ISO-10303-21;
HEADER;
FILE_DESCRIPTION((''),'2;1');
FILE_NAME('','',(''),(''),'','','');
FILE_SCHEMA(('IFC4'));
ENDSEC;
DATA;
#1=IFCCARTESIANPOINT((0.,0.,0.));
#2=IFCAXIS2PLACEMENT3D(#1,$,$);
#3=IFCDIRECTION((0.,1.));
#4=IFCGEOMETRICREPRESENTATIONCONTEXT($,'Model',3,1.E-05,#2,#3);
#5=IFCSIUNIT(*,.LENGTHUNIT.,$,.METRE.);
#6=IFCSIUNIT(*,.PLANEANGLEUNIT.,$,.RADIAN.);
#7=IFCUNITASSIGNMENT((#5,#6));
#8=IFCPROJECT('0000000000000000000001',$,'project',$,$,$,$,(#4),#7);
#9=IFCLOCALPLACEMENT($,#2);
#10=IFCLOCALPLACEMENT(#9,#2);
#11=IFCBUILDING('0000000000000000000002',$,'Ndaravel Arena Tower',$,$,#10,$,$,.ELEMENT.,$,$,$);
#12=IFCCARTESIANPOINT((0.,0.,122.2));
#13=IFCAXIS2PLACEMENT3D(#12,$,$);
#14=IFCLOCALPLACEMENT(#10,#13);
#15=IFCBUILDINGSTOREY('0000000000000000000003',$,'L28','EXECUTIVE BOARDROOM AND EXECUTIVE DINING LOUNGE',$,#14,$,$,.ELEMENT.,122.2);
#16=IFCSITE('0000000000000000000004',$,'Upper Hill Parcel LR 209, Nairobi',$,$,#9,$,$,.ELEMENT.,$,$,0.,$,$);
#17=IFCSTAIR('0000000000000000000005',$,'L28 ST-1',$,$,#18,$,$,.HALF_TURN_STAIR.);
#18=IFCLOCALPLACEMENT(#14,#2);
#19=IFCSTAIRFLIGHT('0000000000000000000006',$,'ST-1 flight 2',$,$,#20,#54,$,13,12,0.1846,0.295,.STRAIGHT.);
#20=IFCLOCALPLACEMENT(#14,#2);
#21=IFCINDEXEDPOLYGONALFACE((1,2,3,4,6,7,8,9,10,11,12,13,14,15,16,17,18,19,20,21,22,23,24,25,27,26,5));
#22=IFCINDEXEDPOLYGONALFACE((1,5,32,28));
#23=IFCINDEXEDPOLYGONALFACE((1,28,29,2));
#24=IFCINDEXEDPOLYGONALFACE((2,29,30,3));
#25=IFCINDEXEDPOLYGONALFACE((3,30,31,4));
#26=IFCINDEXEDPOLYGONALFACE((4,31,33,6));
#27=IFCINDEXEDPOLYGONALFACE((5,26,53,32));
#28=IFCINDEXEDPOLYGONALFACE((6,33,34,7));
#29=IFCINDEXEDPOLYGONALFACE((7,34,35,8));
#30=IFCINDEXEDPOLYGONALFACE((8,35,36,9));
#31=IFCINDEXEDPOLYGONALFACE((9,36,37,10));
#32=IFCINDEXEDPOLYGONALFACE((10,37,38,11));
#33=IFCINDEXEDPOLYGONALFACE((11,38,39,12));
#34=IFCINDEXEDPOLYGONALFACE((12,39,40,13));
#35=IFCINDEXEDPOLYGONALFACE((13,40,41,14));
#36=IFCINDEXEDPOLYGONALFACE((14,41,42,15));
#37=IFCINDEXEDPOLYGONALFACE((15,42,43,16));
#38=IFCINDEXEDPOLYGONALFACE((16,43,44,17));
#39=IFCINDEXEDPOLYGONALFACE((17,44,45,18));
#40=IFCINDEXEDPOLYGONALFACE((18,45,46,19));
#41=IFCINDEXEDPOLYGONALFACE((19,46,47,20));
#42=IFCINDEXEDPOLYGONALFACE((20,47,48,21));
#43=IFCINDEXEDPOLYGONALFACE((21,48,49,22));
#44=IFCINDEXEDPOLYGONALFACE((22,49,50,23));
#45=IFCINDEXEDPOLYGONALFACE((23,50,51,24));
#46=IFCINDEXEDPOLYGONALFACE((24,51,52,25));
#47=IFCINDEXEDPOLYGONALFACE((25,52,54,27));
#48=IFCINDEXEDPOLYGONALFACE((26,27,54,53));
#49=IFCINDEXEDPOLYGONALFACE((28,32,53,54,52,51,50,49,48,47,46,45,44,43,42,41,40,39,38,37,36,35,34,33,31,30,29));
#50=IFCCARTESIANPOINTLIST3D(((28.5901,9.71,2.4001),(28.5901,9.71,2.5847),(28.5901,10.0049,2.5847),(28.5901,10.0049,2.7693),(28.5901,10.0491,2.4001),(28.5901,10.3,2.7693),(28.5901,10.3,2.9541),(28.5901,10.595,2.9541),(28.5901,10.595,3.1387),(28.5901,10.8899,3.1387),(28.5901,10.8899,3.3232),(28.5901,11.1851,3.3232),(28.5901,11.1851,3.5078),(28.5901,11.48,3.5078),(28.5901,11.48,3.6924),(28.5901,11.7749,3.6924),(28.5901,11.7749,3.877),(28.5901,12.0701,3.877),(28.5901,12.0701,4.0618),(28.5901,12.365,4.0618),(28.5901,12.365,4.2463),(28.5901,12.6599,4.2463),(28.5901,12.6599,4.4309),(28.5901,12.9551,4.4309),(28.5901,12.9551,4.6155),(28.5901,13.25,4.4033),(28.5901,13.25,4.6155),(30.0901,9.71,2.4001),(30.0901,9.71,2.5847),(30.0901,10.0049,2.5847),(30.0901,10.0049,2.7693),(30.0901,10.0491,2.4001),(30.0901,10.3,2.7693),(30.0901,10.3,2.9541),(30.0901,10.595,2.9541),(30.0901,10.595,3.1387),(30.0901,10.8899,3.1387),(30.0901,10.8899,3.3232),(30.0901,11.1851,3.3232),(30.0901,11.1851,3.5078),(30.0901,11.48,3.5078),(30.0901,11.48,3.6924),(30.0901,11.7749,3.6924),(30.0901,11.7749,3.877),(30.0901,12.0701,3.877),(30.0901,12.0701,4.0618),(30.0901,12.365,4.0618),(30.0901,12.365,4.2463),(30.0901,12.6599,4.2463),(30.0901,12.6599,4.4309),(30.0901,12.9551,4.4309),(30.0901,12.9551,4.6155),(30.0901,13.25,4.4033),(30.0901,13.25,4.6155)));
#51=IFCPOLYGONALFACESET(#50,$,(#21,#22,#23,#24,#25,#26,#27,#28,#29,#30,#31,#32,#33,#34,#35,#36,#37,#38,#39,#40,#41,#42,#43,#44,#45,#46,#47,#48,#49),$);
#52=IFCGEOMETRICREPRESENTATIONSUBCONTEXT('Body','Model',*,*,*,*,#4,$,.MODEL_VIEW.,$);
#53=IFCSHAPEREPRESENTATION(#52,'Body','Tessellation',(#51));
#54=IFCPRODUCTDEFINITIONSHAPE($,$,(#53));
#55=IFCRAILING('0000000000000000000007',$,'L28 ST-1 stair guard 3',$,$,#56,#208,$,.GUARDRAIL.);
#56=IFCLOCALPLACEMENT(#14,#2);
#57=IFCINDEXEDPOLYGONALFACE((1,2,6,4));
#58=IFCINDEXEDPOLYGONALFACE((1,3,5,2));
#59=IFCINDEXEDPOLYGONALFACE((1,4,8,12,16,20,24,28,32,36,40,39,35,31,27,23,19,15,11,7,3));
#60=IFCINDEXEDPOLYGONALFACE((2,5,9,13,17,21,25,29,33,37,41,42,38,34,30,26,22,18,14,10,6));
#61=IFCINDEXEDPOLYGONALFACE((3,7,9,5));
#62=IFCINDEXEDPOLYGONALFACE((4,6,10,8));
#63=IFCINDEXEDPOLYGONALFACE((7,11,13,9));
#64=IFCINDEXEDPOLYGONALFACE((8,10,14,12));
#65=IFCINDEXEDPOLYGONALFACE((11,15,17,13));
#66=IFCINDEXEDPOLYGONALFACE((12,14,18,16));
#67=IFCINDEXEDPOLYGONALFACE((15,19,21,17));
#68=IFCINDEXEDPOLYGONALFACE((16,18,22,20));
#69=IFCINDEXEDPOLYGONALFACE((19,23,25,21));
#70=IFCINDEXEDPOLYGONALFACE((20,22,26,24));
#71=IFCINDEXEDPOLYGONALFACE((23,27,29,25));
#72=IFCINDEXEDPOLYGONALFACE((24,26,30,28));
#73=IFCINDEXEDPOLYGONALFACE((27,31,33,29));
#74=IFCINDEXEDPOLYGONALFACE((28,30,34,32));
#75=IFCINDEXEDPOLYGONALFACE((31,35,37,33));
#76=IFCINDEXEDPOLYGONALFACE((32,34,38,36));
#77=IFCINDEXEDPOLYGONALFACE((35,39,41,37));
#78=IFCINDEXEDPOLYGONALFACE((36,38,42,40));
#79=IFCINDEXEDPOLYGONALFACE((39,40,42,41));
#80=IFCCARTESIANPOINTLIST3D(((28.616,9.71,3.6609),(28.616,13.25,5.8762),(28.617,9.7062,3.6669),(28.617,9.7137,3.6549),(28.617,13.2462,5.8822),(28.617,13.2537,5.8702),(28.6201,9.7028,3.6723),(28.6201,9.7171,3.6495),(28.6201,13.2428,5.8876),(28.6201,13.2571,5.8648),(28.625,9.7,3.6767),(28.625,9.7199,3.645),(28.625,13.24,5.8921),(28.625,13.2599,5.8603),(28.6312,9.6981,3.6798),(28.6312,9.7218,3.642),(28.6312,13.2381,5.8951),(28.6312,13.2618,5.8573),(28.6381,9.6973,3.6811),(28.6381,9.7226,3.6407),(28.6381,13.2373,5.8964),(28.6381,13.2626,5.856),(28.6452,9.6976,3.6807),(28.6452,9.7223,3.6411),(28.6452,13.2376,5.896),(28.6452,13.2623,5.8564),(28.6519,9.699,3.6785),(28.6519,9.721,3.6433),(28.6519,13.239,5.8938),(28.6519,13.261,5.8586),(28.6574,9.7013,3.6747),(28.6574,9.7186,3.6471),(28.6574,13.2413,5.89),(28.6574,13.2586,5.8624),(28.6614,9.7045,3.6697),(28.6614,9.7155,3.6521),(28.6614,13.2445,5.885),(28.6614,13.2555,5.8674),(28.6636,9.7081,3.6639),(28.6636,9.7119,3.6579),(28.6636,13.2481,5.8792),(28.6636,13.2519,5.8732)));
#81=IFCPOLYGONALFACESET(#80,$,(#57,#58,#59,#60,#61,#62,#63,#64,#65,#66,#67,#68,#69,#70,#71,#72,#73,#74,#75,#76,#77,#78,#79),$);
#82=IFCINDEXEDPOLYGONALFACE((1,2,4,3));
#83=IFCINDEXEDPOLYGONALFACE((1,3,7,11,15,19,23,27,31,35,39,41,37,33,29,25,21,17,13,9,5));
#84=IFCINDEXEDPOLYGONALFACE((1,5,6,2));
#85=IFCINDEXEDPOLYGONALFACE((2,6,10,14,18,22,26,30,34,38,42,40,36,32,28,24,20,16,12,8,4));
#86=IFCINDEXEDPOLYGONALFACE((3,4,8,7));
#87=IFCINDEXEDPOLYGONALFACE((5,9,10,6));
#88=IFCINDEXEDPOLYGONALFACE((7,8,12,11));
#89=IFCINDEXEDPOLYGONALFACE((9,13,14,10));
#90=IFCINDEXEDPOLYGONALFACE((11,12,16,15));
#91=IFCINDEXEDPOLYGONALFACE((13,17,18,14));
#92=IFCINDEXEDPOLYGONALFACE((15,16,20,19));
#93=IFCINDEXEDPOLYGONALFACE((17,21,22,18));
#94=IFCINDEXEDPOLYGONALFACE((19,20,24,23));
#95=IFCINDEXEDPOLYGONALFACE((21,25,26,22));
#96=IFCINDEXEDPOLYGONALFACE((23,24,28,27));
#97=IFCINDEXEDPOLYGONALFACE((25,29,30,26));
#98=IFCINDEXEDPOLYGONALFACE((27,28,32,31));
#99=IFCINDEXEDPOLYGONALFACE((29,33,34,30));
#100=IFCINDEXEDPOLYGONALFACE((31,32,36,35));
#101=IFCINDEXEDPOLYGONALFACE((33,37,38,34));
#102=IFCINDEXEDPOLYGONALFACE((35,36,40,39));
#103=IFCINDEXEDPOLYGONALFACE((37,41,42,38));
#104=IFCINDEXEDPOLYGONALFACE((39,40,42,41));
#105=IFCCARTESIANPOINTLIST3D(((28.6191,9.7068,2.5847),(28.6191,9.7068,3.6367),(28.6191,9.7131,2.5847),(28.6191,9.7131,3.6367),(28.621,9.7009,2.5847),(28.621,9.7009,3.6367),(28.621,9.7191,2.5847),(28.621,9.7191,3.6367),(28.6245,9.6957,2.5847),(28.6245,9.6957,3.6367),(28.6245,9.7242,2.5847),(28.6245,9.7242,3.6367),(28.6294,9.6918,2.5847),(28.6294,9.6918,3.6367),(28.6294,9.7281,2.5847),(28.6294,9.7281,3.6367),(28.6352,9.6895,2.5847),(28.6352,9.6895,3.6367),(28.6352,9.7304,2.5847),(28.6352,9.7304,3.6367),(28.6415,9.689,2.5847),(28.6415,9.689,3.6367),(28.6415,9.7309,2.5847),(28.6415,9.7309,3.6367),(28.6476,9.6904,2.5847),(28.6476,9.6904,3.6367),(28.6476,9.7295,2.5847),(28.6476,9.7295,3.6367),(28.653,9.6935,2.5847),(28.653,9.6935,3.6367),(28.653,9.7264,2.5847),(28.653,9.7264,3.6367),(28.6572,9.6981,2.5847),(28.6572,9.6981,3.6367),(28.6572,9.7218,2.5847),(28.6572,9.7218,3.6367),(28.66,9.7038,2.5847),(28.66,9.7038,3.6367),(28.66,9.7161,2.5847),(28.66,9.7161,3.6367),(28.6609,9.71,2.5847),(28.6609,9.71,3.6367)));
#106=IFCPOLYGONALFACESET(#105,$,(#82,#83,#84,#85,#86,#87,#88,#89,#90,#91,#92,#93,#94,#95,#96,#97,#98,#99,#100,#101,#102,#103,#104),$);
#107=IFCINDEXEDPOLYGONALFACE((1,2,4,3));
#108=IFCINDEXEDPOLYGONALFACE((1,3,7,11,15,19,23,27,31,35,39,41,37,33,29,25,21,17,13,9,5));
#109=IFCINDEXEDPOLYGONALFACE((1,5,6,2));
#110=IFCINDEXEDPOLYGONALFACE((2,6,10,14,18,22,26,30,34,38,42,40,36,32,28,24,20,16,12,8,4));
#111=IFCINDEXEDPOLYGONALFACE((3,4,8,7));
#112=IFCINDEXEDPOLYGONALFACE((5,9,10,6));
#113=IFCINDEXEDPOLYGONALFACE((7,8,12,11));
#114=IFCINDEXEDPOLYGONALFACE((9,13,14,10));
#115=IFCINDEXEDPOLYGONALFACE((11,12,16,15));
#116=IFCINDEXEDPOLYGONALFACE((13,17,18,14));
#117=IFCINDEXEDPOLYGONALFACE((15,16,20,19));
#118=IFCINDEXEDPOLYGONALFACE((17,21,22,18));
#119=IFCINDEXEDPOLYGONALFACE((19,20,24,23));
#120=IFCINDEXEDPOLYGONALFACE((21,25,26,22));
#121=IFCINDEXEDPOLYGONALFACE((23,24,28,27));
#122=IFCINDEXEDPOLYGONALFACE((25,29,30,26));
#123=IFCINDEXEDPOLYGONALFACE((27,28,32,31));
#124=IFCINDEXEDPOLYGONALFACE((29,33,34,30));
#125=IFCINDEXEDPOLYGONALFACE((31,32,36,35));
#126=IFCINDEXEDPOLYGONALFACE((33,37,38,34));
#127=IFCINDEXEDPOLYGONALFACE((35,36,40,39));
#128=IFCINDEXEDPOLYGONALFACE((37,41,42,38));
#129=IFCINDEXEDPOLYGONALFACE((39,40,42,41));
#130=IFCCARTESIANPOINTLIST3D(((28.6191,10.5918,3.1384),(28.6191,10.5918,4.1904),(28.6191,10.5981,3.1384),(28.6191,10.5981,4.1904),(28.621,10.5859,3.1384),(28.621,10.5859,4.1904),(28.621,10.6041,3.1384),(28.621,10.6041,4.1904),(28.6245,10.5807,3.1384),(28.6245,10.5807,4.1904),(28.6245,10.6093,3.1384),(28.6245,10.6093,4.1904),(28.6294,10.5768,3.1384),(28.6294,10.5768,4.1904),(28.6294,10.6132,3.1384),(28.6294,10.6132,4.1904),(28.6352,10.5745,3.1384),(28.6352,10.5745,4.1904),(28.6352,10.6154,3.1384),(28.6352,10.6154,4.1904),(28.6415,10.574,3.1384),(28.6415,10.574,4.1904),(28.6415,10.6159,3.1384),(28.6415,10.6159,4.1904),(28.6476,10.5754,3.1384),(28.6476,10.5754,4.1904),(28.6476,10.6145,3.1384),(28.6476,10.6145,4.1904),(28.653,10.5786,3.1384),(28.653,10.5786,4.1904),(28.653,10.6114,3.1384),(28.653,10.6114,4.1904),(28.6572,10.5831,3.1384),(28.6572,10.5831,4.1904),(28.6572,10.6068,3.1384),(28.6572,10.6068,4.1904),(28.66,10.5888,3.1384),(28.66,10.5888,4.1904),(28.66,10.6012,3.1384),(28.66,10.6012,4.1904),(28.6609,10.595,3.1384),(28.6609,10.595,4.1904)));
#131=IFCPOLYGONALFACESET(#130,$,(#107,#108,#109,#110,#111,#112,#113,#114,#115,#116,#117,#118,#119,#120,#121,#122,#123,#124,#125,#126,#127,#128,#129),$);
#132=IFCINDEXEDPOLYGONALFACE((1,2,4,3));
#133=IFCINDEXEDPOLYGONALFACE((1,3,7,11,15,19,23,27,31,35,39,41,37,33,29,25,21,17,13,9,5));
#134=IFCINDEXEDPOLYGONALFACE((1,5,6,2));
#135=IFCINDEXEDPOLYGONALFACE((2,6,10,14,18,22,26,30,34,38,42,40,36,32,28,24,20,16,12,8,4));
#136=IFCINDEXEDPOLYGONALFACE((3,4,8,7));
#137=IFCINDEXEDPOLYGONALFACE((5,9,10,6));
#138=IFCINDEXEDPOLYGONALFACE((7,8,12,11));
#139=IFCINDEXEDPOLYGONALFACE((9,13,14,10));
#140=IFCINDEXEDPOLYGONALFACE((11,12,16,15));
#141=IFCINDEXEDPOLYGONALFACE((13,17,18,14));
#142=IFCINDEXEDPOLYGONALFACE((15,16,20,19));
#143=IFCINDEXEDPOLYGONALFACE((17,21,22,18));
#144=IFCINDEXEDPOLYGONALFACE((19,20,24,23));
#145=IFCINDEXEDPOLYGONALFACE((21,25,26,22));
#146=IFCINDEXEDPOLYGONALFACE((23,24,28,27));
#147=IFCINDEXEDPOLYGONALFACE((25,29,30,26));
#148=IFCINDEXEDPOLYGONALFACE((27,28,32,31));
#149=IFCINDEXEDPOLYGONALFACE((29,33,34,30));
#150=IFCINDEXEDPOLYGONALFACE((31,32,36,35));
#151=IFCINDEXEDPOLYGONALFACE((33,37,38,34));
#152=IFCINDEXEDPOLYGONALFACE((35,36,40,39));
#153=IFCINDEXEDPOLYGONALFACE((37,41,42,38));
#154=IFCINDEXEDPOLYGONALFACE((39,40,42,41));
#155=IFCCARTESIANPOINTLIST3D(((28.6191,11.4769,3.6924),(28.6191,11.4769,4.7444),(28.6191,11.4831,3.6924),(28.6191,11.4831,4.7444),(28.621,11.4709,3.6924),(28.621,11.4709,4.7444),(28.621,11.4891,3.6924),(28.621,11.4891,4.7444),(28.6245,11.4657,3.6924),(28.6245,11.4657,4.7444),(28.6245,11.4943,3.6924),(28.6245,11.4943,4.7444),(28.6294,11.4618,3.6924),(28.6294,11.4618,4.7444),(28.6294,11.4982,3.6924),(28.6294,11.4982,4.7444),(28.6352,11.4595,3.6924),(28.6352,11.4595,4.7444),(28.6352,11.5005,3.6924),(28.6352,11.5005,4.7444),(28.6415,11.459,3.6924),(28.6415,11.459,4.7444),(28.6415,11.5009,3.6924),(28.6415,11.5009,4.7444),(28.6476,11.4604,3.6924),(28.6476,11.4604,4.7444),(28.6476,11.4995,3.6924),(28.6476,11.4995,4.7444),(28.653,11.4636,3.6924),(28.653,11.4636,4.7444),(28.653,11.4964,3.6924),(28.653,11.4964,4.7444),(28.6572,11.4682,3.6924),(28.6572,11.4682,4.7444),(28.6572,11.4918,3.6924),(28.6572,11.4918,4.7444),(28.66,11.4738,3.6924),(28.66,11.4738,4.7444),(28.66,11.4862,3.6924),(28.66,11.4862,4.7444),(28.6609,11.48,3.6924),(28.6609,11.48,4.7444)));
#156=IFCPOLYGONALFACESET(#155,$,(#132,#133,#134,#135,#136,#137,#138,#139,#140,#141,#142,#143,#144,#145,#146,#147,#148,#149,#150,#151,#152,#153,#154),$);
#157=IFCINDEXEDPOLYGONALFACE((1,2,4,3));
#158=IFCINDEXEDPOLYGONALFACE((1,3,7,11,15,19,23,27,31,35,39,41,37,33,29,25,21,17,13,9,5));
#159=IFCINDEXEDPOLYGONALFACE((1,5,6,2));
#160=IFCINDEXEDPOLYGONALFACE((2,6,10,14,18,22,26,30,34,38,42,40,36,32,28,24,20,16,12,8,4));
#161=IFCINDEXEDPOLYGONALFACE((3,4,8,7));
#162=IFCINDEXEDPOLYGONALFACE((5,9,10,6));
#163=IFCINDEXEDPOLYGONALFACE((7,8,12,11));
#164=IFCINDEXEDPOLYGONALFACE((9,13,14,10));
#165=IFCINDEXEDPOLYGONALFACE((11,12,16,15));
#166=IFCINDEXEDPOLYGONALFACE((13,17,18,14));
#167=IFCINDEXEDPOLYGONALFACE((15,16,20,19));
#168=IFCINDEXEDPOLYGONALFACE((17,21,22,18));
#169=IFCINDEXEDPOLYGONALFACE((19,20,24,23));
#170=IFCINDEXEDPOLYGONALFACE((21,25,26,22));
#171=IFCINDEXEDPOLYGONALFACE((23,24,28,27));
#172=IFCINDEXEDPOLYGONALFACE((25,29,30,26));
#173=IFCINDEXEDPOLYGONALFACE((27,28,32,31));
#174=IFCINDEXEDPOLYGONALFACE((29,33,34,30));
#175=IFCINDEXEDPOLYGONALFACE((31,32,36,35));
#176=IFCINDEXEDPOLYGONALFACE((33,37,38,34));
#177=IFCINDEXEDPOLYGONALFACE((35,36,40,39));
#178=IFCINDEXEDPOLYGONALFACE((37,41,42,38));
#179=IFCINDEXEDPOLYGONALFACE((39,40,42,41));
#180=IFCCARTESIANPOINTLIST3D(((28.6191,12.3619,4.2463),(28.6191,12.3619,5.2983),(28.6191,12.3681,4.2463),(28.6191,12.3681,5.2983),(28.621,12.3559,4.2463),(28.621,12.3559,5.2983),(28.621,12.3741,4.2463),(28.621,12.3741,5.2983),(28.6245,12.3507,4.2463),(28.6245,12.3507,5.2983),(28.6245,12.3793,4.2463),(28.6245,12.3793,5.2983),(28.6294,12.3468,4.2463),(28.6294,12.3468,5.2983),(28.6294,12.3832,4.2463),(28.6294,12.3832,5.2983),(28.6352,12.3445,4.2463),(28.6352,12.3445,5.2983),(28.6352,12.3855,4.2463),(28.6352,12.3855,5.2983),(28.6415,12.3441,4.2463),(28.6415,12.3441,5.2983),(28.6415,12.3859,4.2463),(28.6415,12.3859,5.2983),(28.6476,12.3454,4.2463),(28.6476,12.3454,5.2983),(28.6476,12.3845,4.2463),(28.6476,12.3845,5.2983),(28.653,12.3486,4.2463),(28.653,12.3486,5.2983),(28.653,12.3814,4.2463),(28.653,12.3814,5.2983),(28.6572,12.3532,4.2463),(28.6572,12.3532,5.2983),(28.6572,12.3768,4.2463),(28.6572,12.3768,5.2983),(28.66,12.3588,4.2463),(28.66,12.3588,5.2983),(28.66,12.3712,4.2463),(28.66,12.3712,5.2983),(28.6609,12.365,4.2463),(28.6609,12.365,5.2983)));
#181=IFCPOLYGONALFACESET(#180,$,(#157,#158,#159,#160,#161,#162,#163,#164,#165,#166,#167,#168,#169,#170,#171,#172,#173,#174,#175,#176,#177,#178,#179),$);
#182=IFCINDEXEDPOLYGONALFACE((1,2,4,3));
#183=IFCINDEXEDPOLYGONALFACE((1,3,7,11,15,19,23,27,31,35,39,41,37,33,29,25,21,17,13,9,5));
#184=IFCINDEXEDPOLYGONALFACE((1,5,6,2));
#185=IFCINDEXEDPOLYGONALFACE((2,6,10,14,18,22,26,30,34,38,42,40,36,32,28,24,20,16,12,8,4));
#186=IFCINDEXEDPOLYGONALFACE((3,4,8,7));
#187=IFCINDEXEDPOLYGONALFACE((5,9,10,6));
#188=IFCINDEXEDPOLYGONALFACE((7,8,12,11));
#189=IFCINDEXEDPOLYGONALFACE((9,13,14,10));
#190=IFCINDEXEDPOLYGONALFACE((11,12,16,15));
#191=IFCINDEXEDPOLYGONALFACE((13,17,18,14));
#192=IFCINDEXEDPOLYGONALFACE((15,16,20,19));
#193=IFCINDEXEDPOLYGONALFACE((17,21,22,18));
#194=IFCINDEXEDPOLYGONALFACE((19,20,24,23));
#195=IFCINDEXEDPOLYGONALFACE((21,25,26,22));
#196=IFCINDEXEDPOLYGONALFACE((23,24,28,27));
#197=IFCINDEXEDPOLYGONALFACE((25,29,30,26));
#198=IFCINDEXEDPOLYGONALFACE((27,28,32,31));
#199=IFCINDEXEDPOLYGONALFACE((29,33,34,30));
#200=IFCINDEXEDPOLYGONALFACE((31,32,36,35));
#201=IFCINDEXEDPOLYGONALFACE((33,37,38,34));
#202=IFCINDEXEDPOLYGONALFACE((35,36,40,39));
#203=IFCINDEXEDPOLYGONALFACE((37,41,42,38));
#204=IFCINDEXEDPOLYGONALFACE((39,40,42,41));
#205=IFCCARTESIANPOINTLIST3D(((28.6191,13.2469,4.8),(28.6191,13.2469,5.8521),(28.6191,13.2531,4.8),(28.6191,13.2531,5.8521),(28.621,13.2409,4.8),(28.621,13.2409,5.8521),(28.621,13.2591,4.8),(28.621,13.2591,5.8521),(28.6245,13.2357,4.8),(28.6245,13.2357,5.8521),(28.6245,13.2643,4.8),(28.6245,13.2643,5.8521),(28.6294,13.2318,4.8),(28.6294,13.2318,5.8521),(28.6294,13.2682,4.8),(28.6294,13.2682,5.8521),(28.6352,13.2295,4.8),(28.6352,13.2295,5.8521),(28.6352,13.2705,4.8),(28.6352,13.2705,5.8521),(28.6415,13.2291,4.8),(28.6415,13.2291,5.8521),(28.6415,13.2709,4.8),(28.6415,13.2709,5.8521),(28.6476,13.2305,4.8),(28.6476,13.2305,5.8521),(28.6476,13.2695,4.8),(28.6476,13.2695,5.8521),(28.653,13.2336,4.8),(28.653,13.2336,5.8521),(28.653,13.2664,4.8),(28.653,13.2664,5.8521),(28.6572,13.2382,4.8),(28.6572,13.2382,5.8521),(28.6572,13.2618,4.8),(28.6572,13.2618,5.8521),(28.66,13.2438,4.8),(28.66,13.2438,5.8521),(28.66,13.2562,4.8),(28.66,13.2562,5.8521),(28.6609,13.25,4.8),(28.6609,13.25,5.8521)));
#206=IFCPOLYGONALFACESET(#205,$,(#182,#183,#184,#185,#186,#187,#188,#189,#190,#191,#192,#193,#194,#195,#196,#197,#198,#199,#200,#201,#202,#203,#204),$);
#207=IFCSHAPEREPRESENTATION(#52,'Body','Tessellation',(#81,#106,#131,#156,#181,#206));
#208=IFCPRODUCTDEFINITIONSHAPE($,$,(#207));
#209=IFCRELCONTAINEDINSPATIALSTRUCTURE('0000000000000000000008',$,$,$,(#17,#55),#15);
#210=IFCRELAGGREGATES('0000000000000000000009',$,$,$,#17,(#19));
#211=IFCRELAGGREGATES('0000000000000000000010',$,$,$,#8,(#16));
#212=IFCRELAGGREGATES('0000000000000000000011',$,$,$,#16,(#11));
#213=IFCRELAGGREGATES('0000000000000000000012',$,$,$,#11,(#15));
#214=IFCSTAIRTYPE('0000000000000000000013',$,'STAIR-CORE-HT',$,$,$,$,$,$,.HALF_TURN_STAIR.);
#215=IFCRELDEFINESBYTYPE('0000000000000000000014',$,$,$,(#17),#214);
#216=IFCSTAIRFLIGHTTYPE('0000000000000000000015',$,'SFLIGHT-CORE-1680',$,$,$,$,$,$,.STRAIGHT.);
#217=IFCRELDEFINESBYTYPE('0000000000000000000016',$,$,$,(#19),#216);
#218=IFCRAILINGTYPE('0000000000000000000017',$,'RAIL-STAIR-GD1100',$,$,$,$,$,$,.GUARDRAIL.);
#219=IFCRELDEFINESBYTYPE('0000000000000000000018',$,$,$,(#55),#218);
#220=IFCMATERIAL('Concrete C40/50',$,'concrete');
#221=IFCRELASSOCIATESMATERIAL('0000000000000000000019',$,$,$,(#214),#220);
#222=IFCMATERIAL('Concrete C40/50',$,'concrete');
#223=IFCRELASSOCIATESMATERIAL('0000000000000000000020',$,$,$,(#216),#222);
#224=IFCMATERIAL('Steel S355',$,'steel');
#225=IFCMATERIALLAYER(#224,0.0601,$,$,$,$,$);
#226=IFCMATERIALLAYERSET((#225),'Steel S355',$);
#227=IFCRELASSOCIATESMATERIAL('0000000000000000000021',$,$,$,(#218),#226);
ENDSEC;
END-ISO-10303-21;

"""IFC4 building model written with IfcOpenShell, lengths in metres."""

from ifc_helpers import new_model, si_unit, direction, frame, origin, origin_2d, place, context, subcontext, project, spatial, polyline, circle, outline, extrude, material, layer, layer_set, type_object, element, aggregate, save


model = new_model("IFC4")

# Units and contexts
model_context = context("Model", 3, precision=1e-05, world=origin(), true_north=direction((0.0, 1.0)))
body_context = subcontext(model_context, "Body", "Model", "MODEL_VIEW")
ifc_project = project(units=[si_unit("LENGTHUNIT", "METRE"), si_unit("PLANEANGLEUNIT", "RADIAN")], contexts=[model_context])

# Site, building, storey
site_placement = place(None, origin())
site = spatial("IfcSite", under=ifc_project, at=site_placement, Name="Upper Hill Parcel LR 209, Nairobi", CompositionType="ELEMENT", RefElevation=0.0)
building_placement = place(site_placement, origin())
building = spatial("IfcBuilding", under=site, at=building_placement, Name="Ndaravel Arena Tower", CompositionType="ELEMENT")
storey_placement = place(building_placement, frame((0.0, 0.0, 122.2)))
storey = spatial("IfcBuildingStorey", under=building, at=storey_placement, Name="L28", Description="EXECUTIVE BOARDROOM AND EXECUTIVE DINING LOUNGE", CompositionType="ELEMENT", Elevation=122.2)

# Stair, stair flight
ifc_material_1 = material(Name="Concrete C40/50", Category="concrete")
stair_type = type_object("IfcStairType", Name="STAIR-CORE-HT", PredefinedType="HALF_TURN_STAIR", material=ifc_material_1)
stair_placement = place(storey_placement, origin())
stair = element("IfcStair", 1, at=stair_placement, inside=storey, type_object=stair_type, Name="L28 ST-1", PredefinedType="HALF_TURN_STAIR")
ifc_material_2 = material(Name="Concrete C40/50", Category="concrete")
stair_flight_type = type_object("IfcStairFlightType", Name="SFLIGHT-CORE-1680", PredefinedType="STRAIGHT", material=ifc_material_2)
stair_flight_1_placement = place(storey_placement, frame((29.3401, 9.71, 2.4001), z_axis=(0.0, 0.0, 1.0), x_axis=(0.0, 1.0, 0.0)))
stair_flight_1 = element("IfcStairFlight", 2, at=stair_flight_1_placement, type_object=stair_flight_type, Name="ST-1 flight 2", NumberOfRisers=13, NumberOfTreads=12, PredefinedType="STRAIGHT", RiserHeight=0.1846, TreadLength=0.295, context=body_context, shape_type="SweptSolid", body=[
    extrude(outline(polyline([(0.0, 0.0), (0.0, 0.1846), (0.2949, 0.1846), (0.2949, 0.3691), (0.5901, 0.3691), (0.5901, 0.554), (0.885, 0.554), (0.885, 0.7385), (1.1799, 0.7385), (1.1799, 0.9231), (1.4751, 0.9231), (1.4751, 1.1077), (1.77, 1.1077), (1.77, 1.2922), (2.0649, 1.2922), (2.0649, 1.4768), (2.3601, 1.4768), (2.3601, 1.6616), (2.655, 1.6616), (2.655, 1.8462), (2.95, 1.8462), (2.95, 2.0308), (3.2451, 2.0308), (3.2451, 2.2153), (3.54, 2.2153), (3.54, 2.3999), (3.54, 2.0032), (0.3391, 0.0), (0.0, 0.0)])), frame((0.0, 0.75, 0.0), z_axis=(0.0, -1.0, 0.0), x_axis=(1.0, 0.0, 0.0)), (0.0, 0.0, 1.0), 1.5),
])
aggregate(stair, [stair_flight_1])

# Railing
ifc_material_3 = material(Name="Steel S355", Category="steel")
ifc_layer_1 = layer(ifc_material_3, 0.0601)
ifc_layer_set_1 = layer_set([ifc_layer_1], Name="Steel S355")
railing_type_1 = type_object("IfcRailingType", Name="RAIL-STAIR-GD1100", PredefinedType="GUARDRAIL", material=ifc_layer_set_1)
railing_1_placement = place(storey_placement, frame((28.6399, 9.71, 2.5847)))
element("IfcRailing", 3, at=railing_1_placement, inside=storey, type_object=railing_type_1, Name="L28 ST-1 stair guard 3", PredefinedType="GUARDRAIL", context=body_context, shape_type="SweptSolid", body=[
    extrude(circle(Radius=0.0239, at=origin_2d()), frame((0.0, 0.0, 1.0762), z_axis=(0.0, 0.847696, 0.530482), x_axis=(-1.0, 0.0, 0.0)), (0.0, 0.0, 1.0), 4.176),
    extrude(circle(Radius=0.021, at=origin_2d()), origin(), (0.0, 0.0, 1.0), 1.052),
    extrude(circle(Radius=0.021, at=origin_2d()), frame((0.0, 0.885, 0.5537)), (0.0, 0.0, 1.0), 1.052),
    extrude(circle(Radius=0.021, at=origin_2d()), frame((0.0, 1.77, 1.1077)), (0.0, 0.0, 1.0), 1.052),
    extrude(circle(Radius=0.021, at=origin_2d()), frame((0.0, 2.655, 1.6616)), (0.0, 0.0, 1.0), 1.052),
    extrude(circle(Radius=0.021, at=origin_2d()), frame((0.0, 3.54, 2.2153)), (0.0, 0.0, 1.0), 1.052),
])

save(model, "model.ifc")
